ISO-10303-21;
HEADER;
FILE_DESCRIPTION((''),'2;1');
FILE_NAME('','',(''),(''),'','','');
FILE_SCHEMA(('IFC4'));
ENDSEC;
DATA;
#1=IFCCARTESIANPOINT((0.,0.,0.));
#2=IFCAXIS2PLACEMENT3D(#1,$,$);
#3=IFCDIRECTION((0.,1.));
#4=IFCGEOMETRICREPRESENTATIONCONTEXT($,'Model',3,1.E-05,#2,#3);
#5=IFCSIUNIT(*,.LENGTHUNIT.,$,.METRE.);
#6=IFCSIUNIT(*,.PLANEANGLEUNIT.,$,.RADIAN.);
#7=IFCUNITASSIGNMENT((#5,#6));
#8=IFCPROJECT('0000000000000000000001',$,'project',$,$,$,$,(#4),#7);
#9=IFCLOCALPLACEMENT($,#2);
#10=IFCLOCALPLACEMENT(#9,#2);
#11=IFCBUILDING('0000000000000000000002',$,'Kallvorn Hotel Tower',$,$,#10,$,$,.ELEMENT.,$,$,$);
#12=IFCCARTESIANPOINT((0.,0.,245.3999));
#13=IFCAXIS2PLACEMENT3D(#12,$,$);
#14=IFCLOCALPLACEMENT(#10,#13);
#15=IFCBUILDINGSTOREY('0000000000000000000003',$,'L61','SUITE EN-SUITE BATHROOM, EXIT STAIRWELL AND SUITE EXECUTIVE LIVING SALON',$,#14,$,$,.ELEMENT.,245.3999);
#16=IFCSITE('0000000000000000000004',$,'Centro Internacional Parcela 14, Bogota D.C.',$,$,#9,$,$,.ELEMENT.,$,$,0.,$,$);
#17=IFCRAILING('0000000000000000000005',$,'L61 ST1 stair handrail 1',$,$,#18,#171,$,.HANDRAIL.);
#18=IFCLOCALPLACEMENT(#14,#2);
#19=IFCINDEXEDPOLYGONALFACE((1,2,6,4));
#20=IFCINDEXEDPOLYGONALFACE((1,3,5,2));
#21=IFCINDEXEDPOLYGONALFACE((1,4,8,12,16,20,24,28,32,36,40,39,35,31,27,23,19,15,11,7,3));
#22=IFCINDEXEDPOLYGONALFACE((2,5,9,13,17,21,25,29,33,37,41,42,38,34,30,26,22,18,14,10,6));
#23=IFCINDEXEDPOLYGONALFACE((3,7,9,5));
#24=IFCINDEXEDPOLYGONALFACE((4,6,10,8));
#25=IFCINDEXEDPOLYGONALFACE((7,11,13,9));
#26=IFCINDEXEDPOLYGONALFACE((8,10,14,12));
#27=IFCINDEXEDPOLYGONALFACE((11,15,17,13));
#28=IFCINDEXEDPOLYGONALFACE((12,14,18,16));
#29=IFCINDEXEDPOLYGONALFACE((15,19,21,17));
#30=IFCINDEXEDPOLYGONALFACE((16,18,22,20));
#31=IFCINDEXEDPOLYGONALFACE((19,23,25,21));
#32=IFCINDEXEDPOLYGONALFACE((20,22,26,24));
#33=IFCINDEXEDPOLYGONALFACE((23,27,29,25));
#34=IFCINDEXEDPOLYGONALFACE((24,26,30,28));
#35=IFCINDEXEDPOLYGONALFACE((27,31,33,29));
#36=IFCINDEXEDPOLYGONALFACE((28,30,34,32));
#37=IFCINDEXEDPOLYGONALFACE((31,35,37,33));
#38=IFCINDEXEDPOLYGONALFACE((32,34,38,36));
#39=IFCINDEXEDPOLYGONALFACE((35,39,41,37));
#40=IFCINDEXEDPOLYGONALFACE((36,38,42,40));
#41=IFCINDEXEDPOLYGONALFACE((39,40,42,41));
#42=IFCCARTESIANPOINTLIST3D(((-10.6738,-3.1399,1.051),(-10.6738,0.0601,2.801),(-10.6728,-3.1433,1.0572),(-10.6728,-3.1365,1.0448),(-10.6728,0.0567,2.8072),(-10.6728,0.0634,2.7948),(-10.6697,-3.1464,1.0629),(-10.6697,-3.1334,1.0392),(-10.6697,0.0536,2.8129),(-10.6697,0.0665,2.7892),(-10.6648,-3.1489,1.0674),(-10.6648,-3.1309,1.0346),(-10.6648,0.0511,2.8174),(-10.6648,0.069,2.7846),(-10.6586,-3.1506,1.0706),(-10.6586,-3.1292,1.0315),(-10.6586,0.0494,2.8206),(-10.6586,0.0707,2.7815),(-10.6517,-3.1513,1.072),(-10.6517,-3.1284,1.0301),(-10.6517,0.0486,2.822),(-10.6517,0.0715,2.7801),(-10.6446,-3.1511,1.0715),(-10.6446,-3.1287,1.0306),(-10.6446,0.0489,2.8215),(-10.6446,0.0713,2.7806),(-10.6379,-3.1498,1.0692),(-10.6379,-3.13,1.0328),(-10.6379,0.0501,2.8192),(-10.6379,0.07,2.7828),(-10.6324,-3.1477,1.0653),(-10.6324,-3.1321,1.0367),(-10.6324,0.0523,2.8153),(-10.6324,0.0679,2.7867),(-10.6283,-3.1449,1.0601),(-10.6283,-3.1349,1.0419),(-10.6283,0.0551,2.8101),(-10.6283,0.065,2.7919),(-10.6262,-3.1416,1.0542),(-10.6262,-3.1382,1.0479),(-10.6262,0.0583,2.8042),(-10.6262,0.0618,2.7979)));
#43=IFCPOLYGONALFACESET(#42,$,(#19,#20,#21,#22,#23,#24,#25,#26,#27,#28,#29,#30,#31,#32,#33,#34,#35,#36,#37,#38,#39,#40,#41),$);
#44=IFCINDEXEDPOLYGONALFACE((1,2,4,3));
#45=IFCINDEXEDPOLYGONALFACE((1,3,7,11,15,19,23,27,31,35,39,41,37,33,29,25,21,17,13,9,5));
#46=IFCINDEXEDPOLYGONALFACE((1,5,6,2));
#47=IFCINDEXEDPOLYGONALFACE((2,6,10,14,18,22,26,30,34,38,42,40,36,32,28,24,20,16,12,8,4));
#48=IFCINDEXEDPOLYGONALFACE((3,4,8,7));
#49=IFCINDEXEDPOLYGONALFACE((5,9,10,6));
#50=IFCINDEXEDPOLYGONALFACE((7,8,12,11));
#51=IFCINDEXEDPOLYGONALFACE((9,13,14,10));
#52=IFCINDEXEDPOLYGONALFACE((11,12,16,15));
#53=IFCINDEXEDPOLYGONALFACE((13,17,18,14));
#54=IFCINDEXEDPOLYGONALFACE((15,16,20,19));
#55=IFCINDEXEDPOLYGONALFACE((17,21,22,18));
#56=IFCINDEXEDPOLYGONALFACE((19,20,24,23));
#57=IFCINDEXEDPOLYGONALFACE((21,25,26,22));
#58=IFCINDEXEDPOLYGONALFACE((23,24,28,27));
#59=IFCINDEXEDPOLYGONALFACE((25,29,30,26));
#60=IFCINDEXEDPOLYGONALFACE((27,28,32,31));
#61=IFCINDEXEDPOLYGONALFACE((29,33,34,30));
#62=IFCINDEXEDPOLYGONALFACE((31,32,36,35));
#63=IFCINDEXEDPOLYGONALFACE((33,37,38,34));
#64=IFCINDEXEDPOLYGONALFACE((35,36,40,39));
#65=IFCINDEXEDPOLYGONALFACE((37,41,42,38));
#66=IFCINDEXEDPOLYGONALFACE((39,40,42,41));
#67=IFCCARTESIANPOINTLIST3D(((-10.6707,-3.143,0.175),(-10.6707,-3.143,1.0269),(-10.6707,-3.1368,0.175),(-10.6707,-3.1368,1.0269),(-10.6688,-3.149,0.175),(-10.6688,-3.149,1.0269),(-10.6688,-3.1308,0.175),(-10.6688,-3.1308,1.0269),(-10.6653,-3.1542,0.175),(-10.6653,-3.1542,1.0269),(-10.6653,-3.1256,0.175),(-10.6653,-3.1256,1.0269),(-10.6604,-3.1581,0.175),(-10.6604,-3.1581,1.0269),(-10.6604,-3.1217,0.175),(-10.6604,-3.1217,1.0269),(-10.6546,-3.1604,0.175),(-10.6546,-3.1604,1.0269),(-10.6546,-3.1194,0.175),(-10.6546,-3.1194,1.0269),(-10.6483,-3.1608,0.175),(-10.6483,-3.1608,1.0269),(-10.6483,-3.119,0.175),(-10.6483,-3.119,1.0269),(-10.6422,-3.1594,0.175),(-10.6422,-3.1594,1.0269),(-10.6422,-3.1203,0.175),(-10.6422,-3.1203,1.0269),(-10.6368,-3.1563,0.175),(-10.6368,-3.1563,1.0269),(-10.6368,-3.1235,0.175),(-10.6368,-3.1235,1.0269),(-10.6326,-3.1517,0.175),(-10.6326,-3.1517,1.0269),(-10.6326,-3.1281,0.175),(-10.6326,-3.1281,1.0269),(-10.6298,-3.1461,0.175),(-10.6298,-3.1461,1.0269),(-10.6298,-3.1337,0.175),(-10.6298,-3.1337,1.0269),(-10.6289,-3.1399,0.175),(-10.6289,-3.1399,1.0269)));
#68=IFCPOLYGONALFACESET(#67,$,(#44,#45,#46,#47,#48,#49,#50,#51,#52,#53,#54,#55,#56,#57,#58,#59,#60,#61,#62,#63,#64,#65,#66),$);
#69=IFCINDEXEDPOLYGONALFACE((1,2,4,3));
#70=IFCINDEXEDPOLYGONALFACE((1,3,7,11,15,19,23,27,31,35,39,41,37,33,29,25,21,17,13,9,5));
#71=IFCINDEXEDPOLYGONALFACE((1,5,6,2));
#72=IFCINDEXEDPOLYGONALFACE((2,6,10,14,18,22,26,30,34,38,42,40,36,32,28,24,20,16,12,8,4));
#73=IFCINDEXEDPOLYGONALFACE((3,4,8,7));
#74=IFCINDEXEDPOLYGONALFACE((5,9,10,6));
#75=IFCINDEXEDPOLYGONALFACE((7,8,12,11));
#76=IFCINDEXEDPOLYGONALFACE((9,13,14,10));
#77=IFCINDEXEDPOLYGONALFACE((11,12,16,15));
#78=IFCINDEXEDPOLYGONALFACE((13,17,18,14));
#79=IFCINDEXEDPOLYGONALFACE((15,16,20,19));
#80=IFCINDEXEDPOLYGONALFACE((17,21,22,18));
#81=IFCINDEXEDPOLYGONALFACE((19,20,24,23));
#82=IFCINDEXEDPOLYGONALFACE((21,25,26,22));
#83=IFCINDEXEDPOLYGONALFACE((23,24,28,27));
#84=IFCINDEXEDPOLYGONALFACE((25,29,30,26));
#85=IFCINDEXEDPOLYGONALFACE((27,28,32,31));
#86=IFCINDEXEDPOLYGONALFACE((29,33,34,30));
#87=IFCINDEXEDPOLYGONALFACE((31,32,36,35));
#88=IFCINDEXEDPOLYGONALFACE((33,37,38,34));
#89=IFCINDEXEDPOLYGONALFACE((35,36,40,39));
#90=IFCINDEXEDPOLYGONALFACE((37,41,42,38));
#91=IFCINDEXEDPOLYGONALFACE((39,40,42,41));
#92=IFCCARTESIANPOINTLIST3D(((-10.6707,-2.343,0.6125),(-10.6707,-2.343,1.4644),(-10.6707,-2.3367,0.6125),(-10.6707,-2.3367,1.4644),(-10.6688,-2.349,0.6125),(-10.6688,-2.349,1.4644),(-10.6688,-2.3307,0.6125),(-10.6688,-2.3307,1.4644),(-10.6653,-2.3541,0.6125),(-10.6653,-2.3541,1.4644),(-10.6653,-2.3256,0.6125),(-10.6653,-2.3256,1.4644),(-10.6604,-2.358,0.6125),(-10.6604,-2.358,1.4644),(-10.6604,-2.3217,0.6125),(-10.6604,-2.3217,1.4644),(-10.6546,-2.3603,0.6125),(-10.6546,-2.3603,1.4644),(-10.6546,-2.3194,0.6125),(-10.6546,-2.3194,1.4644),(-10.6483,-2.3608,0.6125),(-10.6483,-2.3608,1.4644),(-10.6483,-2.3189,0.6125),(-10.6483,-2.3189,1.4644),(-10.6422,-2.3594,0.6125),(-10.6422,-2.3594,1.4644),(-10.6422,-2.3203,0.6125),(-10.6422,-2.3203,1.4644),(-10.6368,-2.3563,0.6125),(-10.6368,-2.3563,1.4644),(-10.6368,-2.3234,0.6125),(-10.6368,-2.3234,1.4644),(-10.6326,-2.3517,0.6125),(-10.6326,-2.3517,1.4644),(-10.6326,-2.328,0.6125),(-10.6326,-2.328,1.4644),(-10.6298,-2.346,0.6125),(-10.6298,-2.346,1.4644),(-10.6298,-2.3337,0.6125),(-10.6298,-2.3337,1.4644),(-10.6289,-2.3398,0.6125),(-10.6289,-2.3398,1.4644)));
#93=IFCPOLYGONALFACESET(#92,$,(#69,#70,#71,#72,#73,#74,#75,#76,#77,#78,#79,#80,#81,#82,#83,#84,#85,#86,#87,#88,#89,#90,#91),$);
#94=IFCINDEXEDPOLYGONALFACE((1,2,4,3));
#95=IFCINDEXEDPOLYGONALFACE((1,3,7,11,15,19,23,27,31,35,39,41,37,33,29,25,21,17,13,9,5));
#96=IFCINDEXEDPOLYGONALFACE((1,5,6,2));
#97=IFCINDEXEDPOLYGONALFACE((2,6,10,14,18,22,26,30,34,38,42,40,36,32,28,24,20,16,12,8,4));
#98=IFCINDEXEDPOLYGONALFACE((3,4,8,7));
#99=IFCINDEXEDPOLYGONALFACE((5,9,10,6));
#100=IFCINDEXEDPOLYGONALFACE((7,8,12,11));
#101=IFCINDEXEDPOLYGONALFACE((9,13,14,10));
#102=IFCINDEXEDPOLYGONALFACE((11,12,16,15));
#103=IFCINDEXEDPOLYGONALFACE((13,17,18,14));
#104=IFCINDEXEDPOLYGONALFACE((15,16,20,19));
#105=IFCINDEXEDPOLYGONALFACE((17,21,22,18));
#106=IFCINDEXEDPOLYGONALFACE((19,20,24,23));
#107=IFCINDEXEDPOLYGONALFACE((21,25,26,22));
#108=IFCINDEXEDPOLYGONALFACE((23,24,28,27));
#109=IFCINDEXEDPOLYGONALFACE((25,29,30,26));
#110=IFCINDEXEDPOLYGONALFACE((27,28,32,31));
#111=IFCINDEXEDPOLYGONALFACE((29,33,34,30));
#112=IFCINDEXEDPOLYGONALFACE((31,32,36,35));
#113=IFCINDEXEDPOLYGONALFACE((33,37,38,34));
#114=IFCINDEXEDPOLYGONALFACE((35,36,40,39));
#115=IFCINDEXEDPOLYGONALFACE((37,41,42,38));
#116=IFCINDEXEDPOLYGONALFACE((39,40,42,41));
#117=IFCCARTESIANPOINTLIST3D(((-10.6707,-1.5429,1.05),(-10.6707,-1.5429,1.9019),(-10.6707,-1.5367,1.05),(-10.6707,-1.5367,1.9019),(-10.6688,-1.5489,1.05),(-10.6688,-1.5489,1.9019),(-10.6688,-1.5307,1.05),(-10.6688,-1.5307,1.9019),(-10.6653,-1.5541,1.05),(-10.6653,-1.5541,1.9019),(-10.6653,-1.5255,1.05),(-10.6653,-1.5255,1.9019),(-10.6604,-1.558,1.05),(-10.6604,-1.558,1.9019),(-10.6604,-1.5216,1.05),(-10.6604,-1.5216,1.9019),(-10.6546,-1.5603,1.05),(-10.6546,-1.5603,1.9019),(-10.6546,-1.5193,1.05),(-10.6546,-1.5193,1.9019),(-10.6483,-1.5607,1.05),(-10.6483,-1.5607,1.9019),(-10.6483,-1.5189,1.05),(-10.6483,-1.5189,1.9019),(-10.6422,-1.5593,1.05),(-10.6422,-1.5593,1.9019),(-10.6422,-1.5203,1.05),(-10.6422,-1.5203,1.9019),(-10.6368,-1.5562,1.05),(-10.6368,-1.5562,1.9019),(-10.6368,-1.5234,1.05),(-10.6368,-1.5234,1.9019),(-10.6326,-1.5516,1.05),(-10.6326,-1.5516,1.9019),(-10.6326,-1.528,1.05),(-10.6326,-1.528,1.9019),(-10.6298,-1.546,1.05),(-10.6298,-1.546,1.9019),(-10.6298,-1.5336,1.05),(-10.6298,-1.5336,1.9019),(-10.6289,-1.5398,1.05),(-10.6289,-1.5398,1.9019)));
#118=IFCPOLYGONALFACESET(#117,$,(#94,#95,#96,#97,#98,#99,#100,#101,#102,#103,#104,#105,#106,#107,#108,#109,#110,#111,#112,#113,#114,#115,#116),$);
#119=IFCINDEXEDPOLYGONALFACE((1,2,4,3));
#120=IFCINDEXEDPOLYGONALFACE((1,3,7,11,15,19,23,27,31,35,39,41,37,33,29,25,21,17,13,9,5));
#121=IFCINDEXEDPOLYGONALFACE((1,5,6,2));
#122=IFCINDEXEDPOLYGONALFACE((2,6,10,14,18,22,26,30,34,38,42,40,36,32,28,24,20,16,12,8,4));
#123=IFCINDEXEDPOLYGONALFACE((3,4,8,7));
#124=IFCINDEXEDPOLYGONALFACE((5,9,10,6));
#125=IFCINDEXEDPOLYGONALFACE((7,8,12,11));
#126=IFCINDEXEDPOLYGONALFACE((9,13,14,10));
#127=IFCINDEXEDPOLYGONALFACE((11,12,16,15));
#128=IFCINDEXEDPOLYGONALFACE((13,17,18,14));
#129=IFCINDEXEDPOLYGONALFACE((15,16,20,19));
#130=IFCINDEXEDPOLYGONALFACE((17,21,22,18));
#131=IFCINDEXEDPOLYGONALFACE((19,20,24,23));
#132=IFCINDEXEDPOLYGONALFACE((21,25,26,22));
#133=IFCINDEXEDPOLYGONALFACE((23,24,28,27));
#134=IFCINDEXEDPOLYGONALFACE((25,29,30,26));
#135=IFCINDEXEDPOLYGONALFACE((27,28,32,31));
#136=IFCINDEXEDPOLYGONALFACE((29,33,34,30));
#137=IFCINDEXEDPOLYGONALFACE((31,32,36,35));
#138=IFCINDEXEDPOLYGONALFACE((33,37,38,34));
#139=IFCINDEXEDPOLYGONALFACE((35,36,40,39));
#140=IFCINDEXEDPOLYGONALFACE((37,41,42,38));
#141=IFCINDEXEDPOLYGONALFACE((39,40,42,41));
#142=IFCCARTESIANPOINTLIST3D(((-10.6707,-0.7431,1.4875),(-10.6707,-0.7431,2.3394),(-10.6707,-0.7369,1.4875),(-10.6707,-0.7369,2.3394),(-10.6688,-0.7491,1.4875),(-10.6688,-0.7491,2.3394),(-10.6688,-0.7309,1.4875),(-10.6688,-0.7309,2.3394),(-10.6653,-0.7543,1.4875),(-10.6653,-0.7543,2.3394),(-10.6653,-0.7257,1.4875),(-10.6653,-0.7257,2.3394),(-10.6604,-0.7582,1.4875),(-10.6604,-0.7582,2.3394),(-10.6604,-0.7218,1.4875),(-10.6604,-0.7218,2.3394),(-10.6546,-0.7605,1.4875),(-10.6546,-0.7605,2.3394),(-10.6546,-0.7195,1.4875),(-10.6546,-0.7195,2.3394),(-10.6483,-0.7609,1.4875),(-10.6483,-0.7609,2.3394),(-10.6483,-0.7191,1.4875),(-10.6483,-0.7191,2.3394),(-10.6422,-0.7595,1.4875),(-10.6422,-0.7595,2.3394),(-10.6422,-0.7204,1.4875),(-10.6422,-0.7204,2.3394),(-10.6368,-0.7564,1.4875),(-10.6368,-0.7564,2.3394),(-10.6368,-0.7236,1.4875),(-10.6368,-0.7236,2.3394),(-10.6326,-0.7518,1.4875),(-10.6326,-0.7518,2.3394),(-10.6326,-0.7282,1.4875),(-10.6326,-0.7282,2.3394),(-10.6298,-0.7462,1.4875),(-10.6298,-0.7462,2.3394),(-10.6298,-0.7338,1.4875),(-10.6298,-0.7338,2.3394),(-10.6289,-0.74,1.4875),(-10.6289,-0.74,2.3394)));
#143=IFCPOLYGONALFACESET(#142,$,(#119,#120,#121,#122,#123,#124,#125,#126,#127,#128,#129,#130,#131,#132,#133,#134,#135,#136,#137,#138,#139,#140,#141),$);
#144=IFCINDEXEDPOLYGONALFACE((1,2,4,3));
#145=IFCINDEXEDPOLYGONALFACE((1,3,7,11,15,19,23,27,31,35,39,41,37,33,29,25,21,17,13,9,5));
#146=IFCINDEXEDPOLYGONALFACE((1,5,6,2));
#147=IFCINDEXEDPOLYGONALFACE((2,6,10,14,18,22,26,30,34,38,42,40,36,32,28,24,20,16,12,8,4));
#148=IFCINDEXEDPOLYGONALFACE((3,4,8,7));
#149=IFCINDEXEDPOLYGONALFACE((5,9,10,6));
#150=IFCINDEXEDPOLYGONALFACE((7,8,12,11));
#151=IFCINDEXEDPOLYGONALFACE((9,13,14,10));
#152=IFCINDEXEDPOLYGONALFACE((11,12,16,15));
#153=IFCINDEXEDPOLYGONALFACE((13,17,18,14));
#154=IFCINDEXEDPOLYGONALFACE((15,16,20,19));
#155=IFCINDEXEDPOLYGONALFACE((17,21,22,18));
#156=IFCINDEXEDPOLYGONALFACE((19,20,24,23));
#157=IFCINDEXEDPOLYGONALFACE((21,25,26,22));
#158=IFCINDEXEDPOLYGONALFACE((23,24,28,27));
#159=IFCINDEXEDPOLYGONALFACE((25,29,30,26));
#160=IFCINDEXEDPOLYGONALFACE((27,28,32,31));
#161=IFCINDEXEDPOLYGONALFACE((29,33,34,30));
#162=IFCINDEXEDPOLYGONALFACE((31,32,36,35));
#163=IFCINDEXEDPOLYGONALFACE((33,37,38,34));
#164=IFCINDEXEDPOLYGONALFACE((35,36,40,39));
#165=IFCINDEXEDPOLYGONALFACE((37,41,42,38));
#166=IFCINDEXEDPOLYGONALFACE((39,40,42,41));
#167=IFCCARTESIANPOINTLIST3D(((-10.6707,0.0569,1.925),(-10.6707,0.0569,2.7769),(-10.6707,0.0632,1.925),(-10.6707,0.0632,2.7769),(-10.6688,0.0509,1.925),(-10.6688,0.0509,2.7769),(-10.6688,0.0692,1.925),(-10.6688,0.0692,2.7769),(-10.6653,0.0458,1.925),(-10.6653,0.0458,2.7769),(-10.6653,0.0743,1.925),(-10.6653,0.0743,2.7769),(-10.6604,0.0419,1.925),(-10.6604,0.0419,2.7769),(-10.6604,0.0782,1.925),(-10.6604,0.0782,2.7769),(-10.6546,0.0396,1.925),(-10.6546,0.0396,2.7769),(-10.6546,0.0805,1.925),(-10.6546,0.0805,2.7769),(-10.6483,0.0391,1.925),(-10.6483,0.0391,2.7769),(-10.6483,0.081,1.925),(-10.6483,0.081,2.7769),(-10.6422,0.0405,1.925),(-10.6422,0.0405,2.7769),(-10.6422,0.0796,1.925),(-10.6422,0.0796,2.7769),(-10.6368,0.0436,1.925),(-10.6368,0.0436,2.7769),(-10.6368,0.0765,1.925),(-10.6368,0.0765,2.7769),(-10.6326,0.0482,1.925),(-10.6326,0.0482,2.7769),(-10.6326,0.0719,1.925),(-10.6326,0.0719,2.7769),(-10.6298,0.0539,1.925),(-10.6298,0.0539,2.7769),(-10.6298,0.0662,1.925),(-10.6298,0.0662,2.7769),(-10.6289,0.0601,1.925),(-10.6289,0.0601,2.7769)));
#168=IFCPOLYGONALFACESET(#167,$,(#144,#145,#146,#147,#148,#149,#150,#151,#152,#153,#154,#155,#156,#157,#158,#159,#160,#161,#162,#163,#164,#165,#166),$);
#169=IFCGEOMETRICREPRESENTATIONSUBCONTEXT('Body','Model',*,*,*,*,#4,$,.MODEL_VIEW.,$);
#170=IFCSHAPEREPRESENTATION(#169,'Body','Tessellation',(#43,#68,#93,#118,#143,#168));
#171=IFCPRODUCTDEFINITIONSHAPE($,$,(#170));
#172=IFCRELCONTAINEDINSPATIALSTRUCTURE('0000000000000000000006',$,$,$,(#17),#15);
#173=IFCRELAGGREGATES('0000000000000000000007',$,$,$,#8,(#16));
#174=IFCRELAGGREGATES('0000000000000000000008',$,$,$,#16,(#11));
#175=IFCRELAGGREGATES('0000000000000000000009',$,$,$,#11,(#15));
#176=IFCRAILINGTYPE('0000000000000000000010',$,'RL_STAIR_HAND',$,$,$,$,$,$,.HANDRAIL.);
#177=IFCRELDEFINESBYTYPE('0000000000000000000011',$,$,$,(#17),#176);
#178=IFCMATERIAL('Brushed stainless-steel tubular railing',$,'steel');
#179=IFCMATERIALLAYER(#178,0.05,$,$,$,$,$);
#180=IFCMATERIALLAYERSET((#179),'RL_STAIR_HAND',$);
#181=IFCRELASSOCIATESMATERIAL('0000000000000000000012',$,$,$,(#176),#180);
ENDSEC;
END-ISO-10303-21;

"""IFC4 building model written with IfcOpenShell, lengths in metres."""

from ifc_helpers import new_model, si_unit, direction, frame, origin, origin_2d, place, context, subcontext, project, spatial, circle, extrude, material, layer, layer_set, type_object, element, save


model = new_model("IFC4")

# Units and contexts
model_context = context("Model", 3, precision=1e-05, world=origin(), true_north=direction((0.0, 1.0)))
body_context = subcontext(model_context, "Body", "Model", "MODEL_VIEW")
ifc_project = project(units=[si_unit("LENGTHUNIT", "METRE"), si_unit("PLANEANGLEUNIT", "RADIAN")], contexts=[model_context])

# Site, building, storey
site_placement = place(None, origin())
site = spatial("IfcSite", under=ifc_project, at=site_placement, Name="Centro Internacional Parcela 14, Bogota D.C.", CompositionType="ELEMENT", RefElevation=0.0)
building_placement = place(site_placement, origin())
building = spatial("IfcBuilding", under=site, at=building_placement, Name="Kallvorn Hotel Tower", CompositionType="ELEMENT")
storey_placement = place(building_placement, frame((0.0, 0.0, 245.3999)))
storey = spatial("IfcBuildingStorey", under=building, at=storey_placement, Name="L61", Description="SUITE EN-SUITE BATHROOM, EXIT STAIRWELL AND SUITE EXECUTIVE LIVING SALON", CompositionType="ELEMENT", Elevation=245.3999)

# Railing
ifc_material_1 = material(Name="Brushed stainless-steel tubular railing", Category="steel")
ifc_layer_1 = layer(ifc_material_1, 0.05)
ifc_layer_set_1 = layer_set([ifc_layer_1], Name="RL_STAIR_HAND")
railing_type_1 = type_object("IfcRailingType", Name="RL_STAIR_HAND", PredefinedType="HANDRAIL", material=ifc_layer_set_1)
railing_1_placement = place(storey_placement, frame((-10.6499, -3.1399, 0.175)))
element("IfcRailing", 1, at=railing_1_placement, inside=storey, type_object=railing_type_1, Name="L61 ST1 stair handrail 1", PredefinedType="HANDRAIL", context=body_context, shape_type="SweptSolid", body=[
    extrude(circle(Radius=0.0239, at=origin_2d()), frame((0.0, 0.0, 0.876), z_axis=(0.0, 0.877368, 0.479818), x_axis=(-1.0, 0.0, 0.0)), (0.0, 0.0, 1.0), 3.6472),
    extrude(circle(Radius=0.021, at=origin_2d()), origin(), (0.0, 0.0, 1.0), 0.8518),
    extrude(circle(Radius=0.021, at=origin_2d()), frame((0.0, 0.8, 0.4375)), (0.0, 0.0, 1.0), 0.8518),
    extrude(circle(Radius=0.021, at=origin_2d()), frame((0.0, 1.6001, 0.875)), (0.0, 0.0, 1.0), 0.8518),
    extrude(circle(Radius=0.021, at=origin_2d()), frame((0.0, 2.3999, 1.3125)), (0.0, 0.0, 1.0), 0.8518),
    extrude(circle(Radius=0.021, at=origin_2d()), frame((0.0, 3.2, 1.75)), (0.0, 0.0, 1.0), 0.8518),
])

save(model, "model.ifc")
